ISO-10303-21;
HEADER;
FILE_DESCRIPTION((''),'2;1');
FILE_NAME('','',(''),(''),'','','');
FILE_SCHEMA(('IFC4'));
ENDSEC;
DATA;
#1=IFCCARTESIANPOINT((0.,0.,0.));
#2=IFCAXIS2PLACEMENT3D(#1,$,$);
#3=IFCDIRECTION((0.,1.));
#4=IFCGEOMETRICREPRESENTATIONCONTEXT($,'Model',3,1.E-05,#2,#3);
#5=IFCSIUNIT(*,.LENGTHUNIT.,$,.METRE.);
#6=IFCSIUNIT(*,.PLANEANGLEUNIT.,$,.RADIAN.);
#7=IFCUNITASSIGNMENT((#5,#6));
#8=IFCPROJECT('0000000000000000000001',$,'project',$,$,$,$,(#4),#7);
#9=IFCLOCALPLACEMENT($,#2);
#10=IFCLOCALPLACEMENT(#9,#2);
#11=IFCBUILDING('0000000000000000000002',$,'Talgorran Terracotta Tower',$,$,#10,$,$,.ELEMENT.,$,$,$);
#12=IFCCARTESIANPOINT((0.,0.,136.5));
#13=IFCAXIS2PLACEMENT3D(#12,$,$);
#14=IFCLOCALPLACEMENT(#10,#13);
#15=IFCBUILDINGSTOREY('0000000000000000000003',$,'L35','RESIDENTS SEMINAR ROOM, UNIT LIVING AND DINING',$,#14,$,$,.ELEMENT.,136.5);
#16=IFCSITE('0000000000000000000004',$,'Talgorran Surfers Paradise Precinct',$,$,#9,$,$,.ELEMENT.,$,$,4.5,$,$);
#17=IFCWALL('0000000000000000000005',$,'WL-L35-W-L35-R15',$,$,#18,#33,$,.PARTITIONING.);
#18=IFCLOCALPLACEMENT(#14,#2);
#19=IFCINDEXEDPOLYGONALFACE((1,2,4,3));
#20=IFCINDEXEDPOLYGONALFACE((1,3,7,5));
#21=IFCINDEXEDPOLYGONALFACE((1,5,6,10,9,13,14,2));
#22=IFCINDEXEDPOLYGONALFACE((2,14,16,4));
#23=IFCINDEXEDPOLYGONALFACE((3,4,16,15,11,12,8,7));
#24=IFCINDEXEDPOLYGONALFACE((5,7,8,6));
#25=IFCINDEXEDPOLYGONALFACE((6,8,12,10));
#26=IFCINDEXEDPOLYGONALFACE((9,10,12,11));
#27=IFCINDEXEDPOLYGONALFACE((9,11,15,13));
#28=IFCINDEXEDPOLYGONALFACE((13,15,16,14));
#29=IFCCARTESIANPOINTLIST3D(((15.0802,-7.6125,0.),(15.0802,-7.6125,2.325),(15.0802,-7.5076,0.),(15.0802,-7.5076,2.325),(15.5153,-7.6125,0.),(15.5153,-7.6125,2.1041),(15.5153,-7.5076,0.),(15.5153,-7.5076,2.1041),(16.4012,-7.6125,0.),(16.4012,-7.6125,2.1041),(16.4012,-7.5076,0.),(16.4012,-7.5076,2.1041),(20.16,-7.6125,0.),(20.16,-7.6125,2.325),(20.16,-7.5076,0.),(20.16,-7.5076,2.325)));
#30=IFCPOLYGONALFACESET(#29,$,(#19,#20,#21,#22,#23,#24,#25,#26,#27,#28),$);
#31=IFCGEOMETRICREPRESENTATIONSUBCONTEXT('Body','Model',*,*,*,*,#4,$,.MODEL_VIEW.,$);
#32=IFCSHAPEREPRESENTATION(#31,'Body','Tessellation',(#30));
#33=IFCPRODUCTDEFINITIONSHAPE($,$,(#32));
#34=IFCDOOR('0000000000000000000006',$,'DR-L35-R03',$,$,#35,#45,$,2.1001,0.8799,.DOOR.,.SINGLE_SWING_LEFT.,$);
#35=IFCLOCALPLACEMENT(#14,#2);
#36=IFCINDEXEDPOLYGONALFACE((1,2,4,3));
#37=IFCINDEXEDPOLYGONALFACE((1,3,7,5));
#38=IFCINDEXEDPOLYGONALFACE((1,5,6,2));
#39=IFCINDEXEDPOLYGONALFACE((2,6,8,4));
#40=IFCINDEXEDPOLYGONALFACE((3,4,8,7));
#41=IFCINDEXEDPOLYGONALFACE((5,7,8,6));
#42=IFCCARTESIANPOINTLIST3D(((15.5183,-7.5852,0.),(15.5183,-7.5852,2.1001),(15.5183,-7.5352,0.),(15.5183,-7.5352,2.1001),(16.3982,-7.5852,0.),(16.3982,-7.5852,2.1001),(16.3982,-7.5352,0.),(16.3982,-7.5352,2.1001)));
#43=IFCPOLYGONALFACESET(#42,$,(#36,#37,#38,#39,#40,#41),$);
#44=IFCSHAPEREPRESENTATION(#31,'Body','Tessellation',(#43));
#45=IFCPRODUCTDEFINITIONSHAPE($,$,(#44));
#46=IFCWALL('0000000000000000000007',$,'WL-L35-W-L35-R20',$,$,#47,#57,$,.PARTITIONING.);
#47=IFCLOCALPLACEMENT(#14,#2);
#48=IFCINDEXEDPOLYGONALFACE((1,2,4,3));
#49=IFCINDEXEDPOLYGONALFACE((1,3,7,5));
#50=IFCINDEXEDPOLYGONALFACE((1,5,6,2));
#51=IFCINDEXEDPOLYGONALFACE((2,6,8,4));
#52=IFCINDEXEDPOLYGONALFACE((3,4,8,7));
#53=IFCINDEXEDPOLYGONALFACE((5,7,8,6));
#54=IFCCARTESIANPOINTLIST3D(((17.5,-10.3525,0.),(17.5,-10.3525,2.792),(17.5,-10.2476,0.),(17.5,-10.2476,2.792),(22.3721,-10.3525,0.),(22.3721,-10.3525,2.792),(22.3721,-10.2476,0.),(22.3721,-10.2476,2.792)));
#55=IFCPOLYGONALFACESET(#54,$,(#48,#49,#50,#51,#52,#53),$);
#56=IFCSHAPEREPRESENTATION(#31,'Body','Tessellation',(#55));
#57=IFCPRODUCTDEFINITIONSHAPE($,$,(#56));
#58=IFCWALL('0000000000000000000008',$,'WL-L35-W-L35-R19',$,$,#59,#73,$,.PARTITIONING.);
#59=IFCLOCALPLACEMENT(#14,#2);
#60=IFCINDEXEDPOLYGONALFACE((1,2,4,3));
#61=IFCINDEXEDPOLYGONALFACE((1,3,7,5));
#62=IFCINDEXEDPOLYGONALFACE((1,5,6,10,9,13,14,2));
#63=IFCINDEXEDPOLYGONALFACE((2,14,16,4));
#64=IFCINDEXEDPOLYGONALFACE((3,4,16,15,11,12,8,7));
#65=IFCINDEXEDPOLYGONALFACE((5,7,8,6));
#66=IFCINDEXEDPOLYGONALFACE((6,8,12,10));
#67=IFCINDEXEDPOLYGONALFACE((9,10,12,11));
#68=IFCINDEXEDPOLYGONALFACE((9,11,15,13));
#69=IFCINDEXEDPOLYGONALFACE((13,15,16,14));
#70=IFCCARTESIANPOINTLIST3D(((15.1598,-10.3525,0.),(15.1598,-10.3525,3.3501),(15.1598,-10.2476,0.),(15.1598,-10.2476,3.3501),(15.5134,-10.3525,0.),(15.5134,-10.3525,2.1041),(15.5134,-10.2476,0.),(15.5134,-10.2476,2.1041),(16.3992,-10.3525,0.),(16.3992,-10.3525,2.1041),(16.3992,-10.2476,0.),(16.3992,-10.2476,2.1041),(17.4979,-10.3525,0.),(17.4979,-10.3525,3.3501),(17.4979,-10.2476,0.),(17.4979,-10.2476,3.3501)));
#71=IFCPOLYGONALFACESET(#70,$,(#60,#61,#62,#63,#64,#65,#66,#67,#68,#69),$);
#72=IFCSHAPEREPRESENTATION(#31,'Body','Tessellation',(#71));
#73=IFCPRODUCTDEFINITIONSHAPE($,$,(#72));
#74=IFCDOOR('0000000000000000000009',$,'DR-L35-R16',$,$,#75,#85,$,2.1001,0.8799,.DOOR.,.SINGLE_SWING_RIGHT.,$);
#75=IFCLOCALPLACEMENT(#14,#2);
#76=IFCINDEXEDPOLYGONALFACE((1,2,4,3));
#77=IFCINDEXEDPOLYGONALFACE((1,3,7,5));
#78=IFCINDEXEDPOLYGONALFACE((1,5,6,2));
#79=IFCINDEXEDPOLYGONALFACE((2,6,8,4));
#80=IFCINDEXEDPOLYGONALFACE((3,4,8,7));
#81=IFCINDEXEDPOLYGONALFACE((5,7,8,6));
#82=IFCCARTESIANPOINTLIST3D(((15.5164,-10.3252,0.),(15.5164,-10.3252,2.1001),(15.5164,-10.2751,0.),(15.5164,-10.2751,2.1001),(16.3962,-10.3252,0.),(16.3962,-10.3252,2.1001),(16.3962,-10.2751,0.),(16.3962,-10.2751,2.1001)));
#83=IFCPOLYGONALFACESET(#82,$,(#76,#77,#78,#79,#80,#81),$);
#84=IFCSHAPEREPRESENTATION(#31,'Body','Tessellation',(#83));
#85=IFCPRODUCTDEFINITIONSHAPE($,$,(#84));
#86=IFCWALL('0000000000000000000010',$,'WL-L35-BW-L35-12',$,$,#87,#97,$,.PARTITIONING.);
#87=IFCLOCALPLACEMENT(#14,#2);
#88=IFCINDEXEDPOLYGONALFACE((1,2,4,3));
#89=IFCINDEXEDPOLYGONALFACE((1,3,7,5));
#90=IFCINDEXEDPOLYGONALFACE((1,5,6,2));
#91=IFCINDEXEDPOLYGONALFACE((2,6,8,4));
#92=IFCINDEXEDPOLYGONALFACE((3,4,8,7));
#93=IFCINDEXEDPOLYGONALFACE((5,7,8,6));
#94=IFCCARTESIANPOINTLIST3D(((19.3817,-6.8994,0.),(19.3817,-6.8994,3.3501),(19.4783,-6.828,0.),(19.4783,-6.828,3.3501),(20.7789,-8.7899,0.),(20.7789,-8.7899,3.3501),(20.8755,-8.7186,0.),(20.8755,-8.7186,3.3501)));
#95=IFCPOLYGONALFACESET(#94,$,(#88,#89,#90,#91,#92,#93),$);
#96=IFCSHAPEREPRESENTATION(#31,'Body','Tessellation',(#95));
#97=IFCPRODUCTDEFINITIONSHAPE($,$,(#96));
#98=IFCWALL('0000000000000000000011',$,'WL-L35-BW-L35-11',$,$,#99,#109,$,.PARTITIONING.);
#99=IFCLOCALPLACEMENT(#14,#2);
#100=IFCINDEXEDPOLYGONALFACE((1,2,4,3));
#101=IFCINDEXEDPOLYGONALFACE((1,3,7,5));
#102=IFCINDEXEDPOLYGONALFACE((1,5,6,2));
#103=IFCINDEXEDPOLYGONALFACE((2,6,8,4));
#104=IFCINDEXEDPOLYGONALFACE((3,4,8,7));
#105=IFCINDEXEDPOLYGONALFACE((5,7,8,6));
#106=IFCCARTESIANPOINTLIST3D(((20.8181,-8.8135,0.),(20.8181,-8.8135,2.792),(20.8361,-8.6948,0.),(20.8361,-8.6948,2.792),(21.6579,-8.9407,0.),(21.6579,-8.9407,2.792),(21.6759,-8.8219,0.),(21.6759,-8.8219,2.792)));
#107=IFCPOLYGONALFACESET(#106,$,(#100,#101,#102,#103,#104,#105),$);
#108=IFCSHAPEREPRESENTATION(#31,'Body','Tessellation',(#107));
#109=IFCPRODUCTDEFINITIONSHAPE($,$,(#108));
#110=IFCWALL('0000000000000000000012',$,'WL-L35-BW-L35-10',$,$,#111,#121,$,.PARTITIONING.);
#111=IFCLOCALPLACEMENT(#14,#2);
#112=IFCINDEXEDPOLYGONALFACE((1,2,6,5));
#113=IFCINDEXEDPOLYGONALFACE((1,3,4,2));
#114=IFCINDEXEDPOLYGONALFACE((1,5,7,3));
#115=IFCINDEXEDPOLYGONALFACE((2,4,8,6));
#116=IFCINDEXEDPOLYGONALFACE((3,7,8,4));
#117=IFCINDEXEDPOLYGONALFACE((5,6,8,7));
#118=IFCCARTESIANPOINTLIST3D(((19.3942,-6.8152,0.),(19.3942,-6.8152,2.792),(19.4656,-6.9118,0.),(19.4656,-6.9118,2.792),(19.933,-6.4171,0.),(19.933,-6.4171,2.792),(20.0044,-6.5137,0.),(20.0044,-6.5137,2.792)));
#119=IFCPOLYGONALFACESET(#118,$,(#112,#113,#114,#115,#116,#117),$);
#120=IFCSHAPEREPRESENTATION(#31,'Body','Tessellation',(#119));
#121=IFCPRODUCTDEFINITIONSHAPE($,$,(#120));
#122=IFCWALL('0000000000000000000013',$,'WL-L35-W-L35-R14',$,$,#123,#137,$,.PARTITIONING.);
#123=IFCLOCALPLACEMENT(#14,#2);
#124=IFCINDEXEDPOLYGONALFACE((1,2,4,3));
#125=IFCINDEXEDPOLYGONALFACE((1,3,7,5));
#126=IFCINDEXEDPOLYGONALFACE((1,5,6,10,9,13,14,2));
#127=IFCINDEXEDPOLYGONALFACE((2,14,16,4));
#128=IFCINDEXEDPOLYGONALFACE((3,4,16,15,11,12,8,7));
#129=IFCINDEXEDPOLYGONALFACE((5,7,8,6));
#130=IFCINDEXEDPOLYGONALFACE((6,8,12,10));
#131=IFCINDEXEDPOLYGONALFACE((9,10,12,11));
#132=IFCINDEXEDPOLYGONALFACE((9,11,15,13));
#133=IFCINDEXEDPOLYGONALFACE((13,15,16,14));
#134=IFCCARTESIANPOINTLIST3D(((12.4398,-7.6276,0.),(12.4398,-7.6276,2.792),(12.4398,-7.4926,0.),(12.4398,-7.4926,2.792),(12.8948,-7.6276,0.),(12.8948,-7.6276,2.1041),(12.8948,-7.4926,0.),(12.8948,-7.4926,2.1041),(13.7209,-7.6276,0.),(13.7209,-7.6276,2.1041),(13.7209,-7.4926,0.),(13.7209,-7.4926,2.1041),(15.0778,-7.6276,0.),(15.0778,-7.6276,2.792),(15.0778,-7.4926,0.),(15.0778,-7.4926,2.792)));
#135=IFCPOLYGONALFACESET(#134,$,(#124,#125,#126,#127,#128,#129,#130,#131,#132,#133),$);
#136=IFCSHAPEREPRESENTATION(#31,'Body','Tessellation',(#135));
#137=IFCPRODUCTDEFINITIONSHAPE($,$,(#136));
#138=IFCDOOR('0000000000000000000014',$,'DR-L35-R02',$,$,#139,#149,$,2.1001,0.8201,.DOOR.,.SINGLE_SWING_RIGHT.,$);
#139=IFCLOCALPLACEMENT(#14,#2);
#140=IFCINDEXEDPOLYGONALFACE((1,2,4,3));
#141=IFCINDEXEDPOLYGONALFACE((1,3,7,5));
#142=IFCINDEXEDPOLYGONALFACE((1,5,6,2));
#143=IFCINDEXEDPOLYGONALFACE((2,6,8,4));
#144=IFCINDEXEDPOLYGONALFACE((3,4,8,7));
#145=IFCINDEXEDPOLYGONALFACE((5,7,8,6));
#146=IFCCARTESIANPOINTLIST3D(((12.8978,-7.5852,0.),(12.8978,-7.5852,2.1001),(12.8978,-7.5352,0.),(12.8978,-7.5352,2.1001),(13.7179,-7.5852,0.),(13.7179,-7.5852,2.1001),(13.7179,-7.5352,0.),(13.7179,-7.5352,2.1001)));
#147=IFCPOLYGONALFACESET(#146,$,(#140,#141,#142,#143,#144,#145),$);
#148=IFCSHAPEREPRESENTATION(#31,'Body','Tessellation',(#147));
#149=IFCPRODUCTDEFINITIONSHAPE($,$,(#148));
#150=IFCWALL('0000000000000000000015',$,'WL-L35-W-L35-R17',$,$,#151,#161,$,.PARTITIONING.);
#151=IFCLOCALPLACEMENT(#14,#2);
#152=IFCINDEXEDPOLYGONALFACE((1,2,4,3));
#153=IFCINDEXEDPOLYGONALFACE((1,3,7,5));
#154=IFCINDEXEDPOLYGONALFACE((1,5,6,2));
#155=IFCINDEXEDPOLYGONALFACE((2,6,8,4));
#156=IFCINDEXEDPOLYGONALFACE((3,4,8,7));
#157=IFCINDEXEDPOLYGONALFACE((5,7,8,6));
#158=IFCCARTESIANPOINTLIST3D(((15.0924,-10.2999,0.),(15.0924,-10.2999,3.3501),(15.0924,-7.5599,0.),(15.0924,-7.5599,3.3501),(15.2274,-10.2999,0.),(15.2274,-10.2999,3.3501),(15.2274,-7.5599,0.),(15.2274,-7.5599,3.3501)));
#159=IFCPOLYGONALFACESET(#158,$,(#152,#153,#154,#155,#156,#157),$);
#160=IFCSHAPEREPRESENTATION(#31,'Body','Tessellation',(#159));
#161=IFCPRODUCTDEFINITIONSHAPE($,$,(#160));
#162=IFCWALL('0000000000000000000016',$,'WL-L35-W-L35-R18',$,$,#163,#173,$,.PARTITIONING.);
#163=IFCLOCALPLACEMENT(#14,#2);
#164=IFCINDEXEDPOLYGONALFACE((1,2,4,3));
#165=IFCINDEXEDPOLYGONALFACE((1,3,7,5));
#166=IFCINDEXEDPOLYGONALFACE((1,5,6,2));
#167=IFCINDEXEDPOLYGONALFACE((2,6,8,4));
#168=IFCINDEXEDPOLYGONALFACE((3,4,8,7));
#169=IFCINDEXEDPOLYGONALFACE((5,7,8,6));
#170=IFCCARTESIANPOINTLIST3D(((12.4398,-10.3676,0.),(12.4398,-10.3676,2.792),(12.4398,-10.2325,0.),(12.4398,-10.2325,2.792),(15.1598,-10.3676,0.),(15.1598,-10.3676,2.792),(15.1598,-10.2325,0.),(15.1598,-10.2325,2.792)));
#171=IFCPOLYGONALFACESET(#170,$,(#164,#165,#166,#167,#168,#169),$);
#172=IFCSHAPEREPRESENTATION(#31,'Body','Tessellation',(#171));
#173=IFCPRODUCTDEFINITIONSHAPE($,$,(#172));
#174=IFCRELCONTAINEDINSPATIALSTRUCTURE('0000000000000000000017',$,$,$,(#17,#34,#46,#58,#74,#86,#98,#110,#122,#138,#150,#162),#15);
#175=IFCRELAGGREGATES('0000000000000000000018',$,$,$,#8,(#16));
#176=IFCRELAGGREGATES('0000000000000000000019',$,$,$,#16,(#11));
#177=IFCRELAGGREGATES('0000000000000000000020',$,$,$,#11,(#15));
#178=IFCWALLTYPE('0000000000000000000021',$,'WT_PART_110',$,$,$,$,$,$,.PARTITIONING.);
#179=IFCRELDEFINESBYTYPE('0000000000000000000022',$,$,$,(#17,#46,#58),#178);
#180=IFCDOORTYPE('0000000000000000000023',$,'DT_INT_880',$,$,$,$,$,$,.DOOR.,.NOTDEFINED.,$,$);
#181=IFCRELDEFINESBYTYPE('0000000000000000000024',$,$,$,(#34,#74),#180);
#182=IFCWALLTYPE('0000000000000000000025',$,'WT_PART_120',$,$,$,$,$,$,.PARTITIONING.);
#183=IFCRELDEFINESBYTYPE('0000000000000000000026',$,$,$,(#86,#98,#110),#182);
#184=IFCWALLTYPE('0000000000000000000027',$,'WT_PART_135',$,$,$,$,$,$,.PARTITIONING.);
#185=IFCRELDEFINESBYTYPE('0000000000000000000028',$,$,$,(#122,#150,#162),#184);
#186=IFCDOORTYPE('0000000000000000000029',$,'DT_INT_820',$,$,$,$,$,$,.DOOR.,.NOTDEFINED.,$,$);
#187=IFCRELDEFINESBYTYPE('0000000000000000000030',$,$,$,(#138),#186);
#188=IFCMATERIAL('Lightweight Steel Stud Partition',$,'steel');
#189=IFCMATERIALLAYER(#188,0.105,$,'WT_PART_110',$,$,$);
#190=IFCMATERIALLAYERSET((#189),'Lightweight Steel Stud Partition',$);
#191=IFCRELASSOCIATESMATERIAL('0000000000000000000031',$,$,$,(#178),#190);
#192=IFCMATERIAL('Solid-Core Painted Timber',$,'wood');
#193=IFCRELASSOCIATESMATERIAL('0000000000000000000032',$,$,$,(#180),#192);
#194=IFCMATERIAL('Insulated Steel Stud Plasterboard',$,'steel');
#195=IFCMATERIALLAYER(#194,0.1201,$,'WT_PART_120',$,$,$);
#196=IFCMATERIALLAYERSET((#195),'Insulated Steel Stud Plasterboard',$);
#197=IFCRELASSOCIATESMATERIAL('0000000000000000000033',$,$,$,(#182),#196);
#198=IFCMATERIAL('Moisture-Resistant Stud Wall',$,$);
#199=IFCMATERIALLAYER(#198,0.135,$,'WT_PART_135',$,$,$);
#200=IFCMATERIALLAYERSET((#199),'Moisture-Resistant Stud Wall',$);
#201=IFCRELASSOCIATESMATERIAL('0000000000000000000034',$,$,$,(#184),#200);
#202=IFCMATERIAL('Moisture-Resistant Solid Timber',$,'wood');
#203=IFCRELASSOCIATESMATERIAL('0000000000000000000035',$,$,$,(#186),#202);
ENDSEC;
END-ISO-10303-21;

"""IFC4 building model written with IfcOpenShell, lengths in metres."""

from ifc_helpers import new_model, si_unit, direction, frame, frame_2d, origin, place, context, subcontext, project, spatial, rectangle, extrude, material, layer, layer_set, type_object, element, fill, save


model = new_model("IFC4")

# Units and contexts
model_context = context("Model", 3, precision=1e-05, world=origin(), true_north=direction((0.0, 1.0)))
body_context = subcontext(model_context, "Body", "Model", "MODEL_VIEW")
ifc_project = project(units=[si_unit("LENGTHUNIT", "METRE"), si_unit("PLANEANGLEUNIT", "RADIAN")], contexts=[model_context])

# Site, building, storey
site_placement = place(None, origin())
site = spatial("IfcSite", under=ifc_project, at=site_placement, Name="Talgorran Surfers Paradise Precinct", CompositionType="ELEMENT", RefElevation=4.5)
building_placement = place(site_placement, origin())
building = spatial("IfcBuilding", under=site, at=building_placement, Name="Talgorran Terracotta Tower", CompositionType="ELEMENT")
storey_placement = place(building_placement, frame((0.0, 0.0, 136.5)))
storey = spatial("IfcBuildingStorey", under=building, at=storey_placement, Name="L35", Description="RESIDENTS SEMINAR ROOM, UNIT LIVING AND DINING", CompositionType="ELEMENT", Elevation=136.5)

# Wall, opening, door
ifc_material_1 = material(Name="Lightweight Steel Stud Partition", Category="steel")
ifc_layer_1 = layer(ifc_material_1, 0.105, Name="WT_PART_110")
ifc_layer_set_1 = layer_set([ifc_layer_1], Name="Lightweight Steel Stud Partition")
wall_type_1 = type_object("IfcWallType", Name="WT_PART_110", PredefinedType="PARTITIONING", material=ifc_layer_set_1)
wall_1_placement = place(storey_placement, frame((15.0801, -7.5601, 0.0), z_axis=(0.0, 0.0, 1.0), x_axis=(1.0, 0.0, 0.0)))
wall_1 = element("IfcWall", 1, at=wall_1_placement, inside=storey, type_object=wall_type_1, Name="WL-L35-W-L35-R15", PredefinedType="PARTITIONING", context=body_context, shape_type="SweptSolid", body=[
    extrude(rectangle(XDim=5.0798, YDim=0.105, at=frame_2d((2.54, 0.0))), origin(), (0.0, 0.0, 1.0), 2.325),
])
opening_1_placement = place(wall_1_placement, frame((0.4382, 0.0, 0.0)))
opening_1 = element("IfcOpeningElement", 2, at=opening_1_placement, cuts=wall_1, PredefinedType="OPENING", context=body_context, shape_type="SweptSolid", body=[
    extrude(rectangle(XDim=0.8859, YDim=2.1041, at=frame_2d((0.4399, 1.052))), frame((0.0, 0.0625, 0.0), z_axis=(0.0, -1.0, 0.0), x_axis=(1.0, 0.0, 0.0)), (0.0, 0.0, 1.0), 0.125),
])
ifc_material_2 = material(Name="Solid-Core Painted Timber", Category="wood")
door_type_1 = type_object("IfcDoorType", Name="DT_INT_880", OperationType="NOTDEFINED", PredefinedType="DOOR", material=ifc_material_2)
door_1_placement = place(opening_1_placement, origin())
door_1 = element("IfcDoor", 3, at=door_1_placement, inside=storey, type_object=door_type_1, Name="DR-L35-R03", OperationType="SINGLE_SWING_LEFT", OverallHeight=2.1001, OverallWidth=0.8799, PredefinedType="DOOR", context=body_context, shape_type="SweptSolid", body=[
    extrude(rectangle(XDim=0.8799, YDim=2.1001, at=frame_2d((0.4399, 1.05))), frame((0.0, 0.0249, 0.0), z_axis=(0.0, -1.0, 0.0), x_axis=(1.0, 0.0, 0.0)), (0.0, 0.0, 1.0), 0.05),
])
fill(opening_1, door_1)

# Wall
wall_2_placement = place(storey_placement, frame((17.5, -10.3, 0.0), z_axis=(0.0, 0.0, 1.0), x_axis=(1.0, 0.0, 0.0)))
element("IfcWall", 4, at=wall_2_placement, inside=storey, type_object=wall_type_1, Name="WL-L35-W-L35-R20", PredefinedType="PARTITIONING", context=body_context, shape_type="SweptSolid", body=[
    extrude(rectangle(XDim=4.8721, YDim=0.105, at=frame_2d((2.436, 0.0))), origin(), (0.0, 0.0, 1.0), 2.792),
])

# Wall, opening, door
wall_3_placement = place(storey_placement, frame((15.1599, -10.3, 0.0), z_axis=(0.0, 0.0, 1.0), x_axis=(1.0, 0.0, 0.0)))
wall_3 = element("IfcWall", 5, at=wall_3_placement, inside=storey, type_object=wall_type_1, Name="WL-L35-W-L35-R19", PredefinedType="PARTITIONING", context=body_context, shape_type="SweptSolid", body=[
    extrude(rectangle(XDim=2.3381, YDim=0.105, at=frame_2d((1.1689, 0.0))), origin(), (0.0, 0.0, 1.0), 3.3501),
])
opening_2_placement = place(wall_3_placement, frame((0.3564, 0.0, 0.0)))
opening_2 = element("IfcOpeningElement", 6, at=opening_2_placement, cuts=wall_3, PredefinedType="OPENING", context=body_context, shape_type="SweptSolid", body=[
    extrude(rectangle(XDim=0.8859, YDim=2.1041, at=frame_2d((0.4399, 1.052))), frame((0.0, 0.0625, 0.0), z_axis=(0.0, -1.0, 0.0), x_axis=(1.0, 0.0, 0.0)), (0.0, 0.0, 1.0), 0.125),
])
door_2_placement = place(opening_2_placement, origin())
door_2 = element("IfcDoor", 7, at=door_2_placement, inside=storey, type_object=door_type_1, Name="DR-L35-R16", OperationType="SINGLE_SWING_RIGHT", OverallHeight=2.1001, OverallWidth=0.8799, PredefinedType="DOOR", context=body_context, shape_type="SweptSolid", body=[
    extrude(rectangle(XDim=0.8799, YDim=2.1001, at=frame_2d((0.4399, 1.05))), frame((0.0, 0.0249, 0.0), z_axis=(0.0, -1.0, 0.0), x_axis=(1.0, 0.0, 0.0)), (0.0, 0.0, 1.0), 0.05),
])
fill(opening_2, door_2)

# Walls
ifc_material_3 = material(Name="Insulated Steel Stud Plasterboard", Category="steel")
ifc_layer_2 = layer(ifc_material_3, 0.1201, Name="WT_PART_120")
ifc_layer_set_2 = layer_set([ifc_layer_2], Name="Insulated Steel Stud Plasterboard")
wall_type_2 = type_object("IfcWallType", Name="WT_PART_120", PredefinedType="PARTITIONING", material=ifc_layer_set_2)
wall_4_placement = place(storey_placement, frame((20.8271, -8.7542, 0.0), z_axis=(0.0, 0.0, 1.0), x_axis=(-0.594336, 0.804217, 0.0)))
element("IfcWall", 8, at=wall_4_placement, inside=storey, type_object=wall_type_2, Name="WL-L35-BW-L35-12", PredefinedType="PARTITIONING", context=body_context, shape_type="SweptSolid", body=[
    extrude(rectangle(XDim=2.3508, YDim=0.1201, at=frame_2d((1.1753, 0.0))), origin(), (0.0, 0.0, 1.0), 3.3501),
])
wall_5_placement = place(storey_placement, frame((21.667, -8.8813, 0.0), z_axis=(0.0, 0.0, 1.0), x_axis=(-0.988725, 0.149746, 0.0)))
element("IfcWall", 9, at=wall_5_placement, inside=storey, type_object=wall_type_2, Name="WL-L35-BW-L35-11", PredefinedType="PARTITIONING", context=body_context, shape_type="SweptSolid", body=[
    extrude(rectangle(XDim=0.8494, YDim=0.1201, at=frame_2d((0.4248, 0.0))), origin(), (0.0, 0.0, 1.0), 2.792),
])
wall_6_placement = place(storey_placement, frame((19.4299, -6.8635, 0.0), z_axis=(0.0, 0.0, 1.0), x_axis=(0.804222, 0.59433, 0.0)))
element("IfcWall", 10, at=wall_6_placement, inside=storey, type_object=wall_type_2, Name="WL-L35-BW-L35-10", PredefinedType="PARTITIONING", context=body_context, shape_type="SweptSolid", body=[
    extrude(rectangle(XDim=0.6699, YDim=0.1201, at=frame_2d((0.335, 0.0))), origin(), (0.0, 0.0, 1.0), 2.792),
])

# Wall, opening, door
ifc_material_4 = material(Name="Moisture-Resistant Stud Wall")
ifc_layer_3 = layer(ifc_material_4, 0.135, Name="WT_PART_135")
ifc_layer_set_3 = layer_set([ifc_layer_3], Name="Moisture-Resistant Stud Wall")
wall_type_3 = type_object("IfcWallType", Name="WT_PART_135", PredefinedType="PARTITIONING", material=ifc_layer_set_3)
wall_7_placement = place(storey_placement, frame((12.4399, -7.5601, 0.0), z_axis=(0.0, 0.0, 1.0), x_axis=(1.0, 0.0, 0.0)))
wall_7 = element("IfcWall", 11, at=wall_7_placement, inside=storey, type_object=wall_type_3, Name="WL-L35-W-L35-R14", PredefinedType="PARTITIONING", context=body_context, shape_type="SweptSolid", body=[
    extrude(rectangle(XDim=2.6379, YDim=0.135, at=frame_2d((1.3188, 0.0))), origin(), (0.0, 0.0, 1.0), 2.792),
])
opening_3_placement = place(wall_7_placement, frame((0.4578, 0.0, 0.0)))
opening_3 = element("IfcOpeningElement", 12, at=opening_3_placement, cuts=wall_7, PredefinedType="OPENING", context=body_context, shape_type="SweptSolid", body=[
    extrude(rectangle(XDim=0.8261, YDim=2.1041, at=frame_2d((0.4102, 1.052))), frame((0.0, 0.0776, 0.0), z_axis=(0.0, -1.0, 0.0), x_axis=(1.0, 0.0, 0.0)), (0.0, 0.0, 1.0), 0.155),
])
ifc_material_5 = material(Name="Moisture-Resistant Solid Timber", Category="wood")
door_type_2 = type_object("IfcDoorType", Name="DT_INT_820", OperationType="NOTDEFINED", PredefinedType="DOOR", material=ifc_material_5)
door_3_placement = place(opening_3_placement, origin())
door_3 = element("IfcDoor", 13, at=door_3_placement, inside=storey, type_object=door_type_2, Name="DR-L35-R02", OperationType="SINGLE_SWING_RIGHT", OverallHeight=2.1001, OverallWidth=0.8201, PredefinedType="DOOR", context=body_context, shape_type="SweptSolid", body=[
    extrude(rectangle(XDim=0.8201, YDim=2.1001, at=frame_2d((0.4102, 1.05))), frame((0.0, 0.0249, 0.0), z_axis=(0.0, -1.0, 0.0), x_axis=(1.0, 0.0, 0.0)), (0.0, 0.0, 1.0), 0.05),
])
fill(opening_3, door_3)

# Walls
wall_8_placement = place(storey_placement, frame((15.1599, -10.3, 0.0), z_axis=(0.0, 0.0, 1.0), x_axis=(0.0, 1.0, 0.0)))
element("IfcWall", 14, at=wall_8_placement, inside=storey, type_object=wall_type_3, Name="WL-L35-W-L35-R17", PredefinedType="PARTITIONING", context=body_context, shape_type="SweptSolid", body=[
    extrude(rectangle(XDim=2.74, YDim=0.135, at=frame_2d((1.3701, 0.0))), origin(), (0.0, 0.0, 1.0), 3.3501),
])
wall_9_placement = place(storey_placement, frame((12.4399, -10.3, 0.0), z_axis=(0.0, 0.0, 1.0), x_axis=(1.0, 0.0, 0.0)))
element("IfcWall", 15, at=wall_9_placement, inside=storey, type_object=wall_type_3, Name="WL-L35-W-L35-R18", PredefinedType="PARTITIONING", context=body_context, shape_type="SweptSolid", body=[
    extrude(rectangle(XDim=2.72, YDim=0.135, at=frame_2d((1.3599, 0.0))), origin(), (0.0, 0.0, 1.0), 2.792),
])

save(model, "model.ifc")
